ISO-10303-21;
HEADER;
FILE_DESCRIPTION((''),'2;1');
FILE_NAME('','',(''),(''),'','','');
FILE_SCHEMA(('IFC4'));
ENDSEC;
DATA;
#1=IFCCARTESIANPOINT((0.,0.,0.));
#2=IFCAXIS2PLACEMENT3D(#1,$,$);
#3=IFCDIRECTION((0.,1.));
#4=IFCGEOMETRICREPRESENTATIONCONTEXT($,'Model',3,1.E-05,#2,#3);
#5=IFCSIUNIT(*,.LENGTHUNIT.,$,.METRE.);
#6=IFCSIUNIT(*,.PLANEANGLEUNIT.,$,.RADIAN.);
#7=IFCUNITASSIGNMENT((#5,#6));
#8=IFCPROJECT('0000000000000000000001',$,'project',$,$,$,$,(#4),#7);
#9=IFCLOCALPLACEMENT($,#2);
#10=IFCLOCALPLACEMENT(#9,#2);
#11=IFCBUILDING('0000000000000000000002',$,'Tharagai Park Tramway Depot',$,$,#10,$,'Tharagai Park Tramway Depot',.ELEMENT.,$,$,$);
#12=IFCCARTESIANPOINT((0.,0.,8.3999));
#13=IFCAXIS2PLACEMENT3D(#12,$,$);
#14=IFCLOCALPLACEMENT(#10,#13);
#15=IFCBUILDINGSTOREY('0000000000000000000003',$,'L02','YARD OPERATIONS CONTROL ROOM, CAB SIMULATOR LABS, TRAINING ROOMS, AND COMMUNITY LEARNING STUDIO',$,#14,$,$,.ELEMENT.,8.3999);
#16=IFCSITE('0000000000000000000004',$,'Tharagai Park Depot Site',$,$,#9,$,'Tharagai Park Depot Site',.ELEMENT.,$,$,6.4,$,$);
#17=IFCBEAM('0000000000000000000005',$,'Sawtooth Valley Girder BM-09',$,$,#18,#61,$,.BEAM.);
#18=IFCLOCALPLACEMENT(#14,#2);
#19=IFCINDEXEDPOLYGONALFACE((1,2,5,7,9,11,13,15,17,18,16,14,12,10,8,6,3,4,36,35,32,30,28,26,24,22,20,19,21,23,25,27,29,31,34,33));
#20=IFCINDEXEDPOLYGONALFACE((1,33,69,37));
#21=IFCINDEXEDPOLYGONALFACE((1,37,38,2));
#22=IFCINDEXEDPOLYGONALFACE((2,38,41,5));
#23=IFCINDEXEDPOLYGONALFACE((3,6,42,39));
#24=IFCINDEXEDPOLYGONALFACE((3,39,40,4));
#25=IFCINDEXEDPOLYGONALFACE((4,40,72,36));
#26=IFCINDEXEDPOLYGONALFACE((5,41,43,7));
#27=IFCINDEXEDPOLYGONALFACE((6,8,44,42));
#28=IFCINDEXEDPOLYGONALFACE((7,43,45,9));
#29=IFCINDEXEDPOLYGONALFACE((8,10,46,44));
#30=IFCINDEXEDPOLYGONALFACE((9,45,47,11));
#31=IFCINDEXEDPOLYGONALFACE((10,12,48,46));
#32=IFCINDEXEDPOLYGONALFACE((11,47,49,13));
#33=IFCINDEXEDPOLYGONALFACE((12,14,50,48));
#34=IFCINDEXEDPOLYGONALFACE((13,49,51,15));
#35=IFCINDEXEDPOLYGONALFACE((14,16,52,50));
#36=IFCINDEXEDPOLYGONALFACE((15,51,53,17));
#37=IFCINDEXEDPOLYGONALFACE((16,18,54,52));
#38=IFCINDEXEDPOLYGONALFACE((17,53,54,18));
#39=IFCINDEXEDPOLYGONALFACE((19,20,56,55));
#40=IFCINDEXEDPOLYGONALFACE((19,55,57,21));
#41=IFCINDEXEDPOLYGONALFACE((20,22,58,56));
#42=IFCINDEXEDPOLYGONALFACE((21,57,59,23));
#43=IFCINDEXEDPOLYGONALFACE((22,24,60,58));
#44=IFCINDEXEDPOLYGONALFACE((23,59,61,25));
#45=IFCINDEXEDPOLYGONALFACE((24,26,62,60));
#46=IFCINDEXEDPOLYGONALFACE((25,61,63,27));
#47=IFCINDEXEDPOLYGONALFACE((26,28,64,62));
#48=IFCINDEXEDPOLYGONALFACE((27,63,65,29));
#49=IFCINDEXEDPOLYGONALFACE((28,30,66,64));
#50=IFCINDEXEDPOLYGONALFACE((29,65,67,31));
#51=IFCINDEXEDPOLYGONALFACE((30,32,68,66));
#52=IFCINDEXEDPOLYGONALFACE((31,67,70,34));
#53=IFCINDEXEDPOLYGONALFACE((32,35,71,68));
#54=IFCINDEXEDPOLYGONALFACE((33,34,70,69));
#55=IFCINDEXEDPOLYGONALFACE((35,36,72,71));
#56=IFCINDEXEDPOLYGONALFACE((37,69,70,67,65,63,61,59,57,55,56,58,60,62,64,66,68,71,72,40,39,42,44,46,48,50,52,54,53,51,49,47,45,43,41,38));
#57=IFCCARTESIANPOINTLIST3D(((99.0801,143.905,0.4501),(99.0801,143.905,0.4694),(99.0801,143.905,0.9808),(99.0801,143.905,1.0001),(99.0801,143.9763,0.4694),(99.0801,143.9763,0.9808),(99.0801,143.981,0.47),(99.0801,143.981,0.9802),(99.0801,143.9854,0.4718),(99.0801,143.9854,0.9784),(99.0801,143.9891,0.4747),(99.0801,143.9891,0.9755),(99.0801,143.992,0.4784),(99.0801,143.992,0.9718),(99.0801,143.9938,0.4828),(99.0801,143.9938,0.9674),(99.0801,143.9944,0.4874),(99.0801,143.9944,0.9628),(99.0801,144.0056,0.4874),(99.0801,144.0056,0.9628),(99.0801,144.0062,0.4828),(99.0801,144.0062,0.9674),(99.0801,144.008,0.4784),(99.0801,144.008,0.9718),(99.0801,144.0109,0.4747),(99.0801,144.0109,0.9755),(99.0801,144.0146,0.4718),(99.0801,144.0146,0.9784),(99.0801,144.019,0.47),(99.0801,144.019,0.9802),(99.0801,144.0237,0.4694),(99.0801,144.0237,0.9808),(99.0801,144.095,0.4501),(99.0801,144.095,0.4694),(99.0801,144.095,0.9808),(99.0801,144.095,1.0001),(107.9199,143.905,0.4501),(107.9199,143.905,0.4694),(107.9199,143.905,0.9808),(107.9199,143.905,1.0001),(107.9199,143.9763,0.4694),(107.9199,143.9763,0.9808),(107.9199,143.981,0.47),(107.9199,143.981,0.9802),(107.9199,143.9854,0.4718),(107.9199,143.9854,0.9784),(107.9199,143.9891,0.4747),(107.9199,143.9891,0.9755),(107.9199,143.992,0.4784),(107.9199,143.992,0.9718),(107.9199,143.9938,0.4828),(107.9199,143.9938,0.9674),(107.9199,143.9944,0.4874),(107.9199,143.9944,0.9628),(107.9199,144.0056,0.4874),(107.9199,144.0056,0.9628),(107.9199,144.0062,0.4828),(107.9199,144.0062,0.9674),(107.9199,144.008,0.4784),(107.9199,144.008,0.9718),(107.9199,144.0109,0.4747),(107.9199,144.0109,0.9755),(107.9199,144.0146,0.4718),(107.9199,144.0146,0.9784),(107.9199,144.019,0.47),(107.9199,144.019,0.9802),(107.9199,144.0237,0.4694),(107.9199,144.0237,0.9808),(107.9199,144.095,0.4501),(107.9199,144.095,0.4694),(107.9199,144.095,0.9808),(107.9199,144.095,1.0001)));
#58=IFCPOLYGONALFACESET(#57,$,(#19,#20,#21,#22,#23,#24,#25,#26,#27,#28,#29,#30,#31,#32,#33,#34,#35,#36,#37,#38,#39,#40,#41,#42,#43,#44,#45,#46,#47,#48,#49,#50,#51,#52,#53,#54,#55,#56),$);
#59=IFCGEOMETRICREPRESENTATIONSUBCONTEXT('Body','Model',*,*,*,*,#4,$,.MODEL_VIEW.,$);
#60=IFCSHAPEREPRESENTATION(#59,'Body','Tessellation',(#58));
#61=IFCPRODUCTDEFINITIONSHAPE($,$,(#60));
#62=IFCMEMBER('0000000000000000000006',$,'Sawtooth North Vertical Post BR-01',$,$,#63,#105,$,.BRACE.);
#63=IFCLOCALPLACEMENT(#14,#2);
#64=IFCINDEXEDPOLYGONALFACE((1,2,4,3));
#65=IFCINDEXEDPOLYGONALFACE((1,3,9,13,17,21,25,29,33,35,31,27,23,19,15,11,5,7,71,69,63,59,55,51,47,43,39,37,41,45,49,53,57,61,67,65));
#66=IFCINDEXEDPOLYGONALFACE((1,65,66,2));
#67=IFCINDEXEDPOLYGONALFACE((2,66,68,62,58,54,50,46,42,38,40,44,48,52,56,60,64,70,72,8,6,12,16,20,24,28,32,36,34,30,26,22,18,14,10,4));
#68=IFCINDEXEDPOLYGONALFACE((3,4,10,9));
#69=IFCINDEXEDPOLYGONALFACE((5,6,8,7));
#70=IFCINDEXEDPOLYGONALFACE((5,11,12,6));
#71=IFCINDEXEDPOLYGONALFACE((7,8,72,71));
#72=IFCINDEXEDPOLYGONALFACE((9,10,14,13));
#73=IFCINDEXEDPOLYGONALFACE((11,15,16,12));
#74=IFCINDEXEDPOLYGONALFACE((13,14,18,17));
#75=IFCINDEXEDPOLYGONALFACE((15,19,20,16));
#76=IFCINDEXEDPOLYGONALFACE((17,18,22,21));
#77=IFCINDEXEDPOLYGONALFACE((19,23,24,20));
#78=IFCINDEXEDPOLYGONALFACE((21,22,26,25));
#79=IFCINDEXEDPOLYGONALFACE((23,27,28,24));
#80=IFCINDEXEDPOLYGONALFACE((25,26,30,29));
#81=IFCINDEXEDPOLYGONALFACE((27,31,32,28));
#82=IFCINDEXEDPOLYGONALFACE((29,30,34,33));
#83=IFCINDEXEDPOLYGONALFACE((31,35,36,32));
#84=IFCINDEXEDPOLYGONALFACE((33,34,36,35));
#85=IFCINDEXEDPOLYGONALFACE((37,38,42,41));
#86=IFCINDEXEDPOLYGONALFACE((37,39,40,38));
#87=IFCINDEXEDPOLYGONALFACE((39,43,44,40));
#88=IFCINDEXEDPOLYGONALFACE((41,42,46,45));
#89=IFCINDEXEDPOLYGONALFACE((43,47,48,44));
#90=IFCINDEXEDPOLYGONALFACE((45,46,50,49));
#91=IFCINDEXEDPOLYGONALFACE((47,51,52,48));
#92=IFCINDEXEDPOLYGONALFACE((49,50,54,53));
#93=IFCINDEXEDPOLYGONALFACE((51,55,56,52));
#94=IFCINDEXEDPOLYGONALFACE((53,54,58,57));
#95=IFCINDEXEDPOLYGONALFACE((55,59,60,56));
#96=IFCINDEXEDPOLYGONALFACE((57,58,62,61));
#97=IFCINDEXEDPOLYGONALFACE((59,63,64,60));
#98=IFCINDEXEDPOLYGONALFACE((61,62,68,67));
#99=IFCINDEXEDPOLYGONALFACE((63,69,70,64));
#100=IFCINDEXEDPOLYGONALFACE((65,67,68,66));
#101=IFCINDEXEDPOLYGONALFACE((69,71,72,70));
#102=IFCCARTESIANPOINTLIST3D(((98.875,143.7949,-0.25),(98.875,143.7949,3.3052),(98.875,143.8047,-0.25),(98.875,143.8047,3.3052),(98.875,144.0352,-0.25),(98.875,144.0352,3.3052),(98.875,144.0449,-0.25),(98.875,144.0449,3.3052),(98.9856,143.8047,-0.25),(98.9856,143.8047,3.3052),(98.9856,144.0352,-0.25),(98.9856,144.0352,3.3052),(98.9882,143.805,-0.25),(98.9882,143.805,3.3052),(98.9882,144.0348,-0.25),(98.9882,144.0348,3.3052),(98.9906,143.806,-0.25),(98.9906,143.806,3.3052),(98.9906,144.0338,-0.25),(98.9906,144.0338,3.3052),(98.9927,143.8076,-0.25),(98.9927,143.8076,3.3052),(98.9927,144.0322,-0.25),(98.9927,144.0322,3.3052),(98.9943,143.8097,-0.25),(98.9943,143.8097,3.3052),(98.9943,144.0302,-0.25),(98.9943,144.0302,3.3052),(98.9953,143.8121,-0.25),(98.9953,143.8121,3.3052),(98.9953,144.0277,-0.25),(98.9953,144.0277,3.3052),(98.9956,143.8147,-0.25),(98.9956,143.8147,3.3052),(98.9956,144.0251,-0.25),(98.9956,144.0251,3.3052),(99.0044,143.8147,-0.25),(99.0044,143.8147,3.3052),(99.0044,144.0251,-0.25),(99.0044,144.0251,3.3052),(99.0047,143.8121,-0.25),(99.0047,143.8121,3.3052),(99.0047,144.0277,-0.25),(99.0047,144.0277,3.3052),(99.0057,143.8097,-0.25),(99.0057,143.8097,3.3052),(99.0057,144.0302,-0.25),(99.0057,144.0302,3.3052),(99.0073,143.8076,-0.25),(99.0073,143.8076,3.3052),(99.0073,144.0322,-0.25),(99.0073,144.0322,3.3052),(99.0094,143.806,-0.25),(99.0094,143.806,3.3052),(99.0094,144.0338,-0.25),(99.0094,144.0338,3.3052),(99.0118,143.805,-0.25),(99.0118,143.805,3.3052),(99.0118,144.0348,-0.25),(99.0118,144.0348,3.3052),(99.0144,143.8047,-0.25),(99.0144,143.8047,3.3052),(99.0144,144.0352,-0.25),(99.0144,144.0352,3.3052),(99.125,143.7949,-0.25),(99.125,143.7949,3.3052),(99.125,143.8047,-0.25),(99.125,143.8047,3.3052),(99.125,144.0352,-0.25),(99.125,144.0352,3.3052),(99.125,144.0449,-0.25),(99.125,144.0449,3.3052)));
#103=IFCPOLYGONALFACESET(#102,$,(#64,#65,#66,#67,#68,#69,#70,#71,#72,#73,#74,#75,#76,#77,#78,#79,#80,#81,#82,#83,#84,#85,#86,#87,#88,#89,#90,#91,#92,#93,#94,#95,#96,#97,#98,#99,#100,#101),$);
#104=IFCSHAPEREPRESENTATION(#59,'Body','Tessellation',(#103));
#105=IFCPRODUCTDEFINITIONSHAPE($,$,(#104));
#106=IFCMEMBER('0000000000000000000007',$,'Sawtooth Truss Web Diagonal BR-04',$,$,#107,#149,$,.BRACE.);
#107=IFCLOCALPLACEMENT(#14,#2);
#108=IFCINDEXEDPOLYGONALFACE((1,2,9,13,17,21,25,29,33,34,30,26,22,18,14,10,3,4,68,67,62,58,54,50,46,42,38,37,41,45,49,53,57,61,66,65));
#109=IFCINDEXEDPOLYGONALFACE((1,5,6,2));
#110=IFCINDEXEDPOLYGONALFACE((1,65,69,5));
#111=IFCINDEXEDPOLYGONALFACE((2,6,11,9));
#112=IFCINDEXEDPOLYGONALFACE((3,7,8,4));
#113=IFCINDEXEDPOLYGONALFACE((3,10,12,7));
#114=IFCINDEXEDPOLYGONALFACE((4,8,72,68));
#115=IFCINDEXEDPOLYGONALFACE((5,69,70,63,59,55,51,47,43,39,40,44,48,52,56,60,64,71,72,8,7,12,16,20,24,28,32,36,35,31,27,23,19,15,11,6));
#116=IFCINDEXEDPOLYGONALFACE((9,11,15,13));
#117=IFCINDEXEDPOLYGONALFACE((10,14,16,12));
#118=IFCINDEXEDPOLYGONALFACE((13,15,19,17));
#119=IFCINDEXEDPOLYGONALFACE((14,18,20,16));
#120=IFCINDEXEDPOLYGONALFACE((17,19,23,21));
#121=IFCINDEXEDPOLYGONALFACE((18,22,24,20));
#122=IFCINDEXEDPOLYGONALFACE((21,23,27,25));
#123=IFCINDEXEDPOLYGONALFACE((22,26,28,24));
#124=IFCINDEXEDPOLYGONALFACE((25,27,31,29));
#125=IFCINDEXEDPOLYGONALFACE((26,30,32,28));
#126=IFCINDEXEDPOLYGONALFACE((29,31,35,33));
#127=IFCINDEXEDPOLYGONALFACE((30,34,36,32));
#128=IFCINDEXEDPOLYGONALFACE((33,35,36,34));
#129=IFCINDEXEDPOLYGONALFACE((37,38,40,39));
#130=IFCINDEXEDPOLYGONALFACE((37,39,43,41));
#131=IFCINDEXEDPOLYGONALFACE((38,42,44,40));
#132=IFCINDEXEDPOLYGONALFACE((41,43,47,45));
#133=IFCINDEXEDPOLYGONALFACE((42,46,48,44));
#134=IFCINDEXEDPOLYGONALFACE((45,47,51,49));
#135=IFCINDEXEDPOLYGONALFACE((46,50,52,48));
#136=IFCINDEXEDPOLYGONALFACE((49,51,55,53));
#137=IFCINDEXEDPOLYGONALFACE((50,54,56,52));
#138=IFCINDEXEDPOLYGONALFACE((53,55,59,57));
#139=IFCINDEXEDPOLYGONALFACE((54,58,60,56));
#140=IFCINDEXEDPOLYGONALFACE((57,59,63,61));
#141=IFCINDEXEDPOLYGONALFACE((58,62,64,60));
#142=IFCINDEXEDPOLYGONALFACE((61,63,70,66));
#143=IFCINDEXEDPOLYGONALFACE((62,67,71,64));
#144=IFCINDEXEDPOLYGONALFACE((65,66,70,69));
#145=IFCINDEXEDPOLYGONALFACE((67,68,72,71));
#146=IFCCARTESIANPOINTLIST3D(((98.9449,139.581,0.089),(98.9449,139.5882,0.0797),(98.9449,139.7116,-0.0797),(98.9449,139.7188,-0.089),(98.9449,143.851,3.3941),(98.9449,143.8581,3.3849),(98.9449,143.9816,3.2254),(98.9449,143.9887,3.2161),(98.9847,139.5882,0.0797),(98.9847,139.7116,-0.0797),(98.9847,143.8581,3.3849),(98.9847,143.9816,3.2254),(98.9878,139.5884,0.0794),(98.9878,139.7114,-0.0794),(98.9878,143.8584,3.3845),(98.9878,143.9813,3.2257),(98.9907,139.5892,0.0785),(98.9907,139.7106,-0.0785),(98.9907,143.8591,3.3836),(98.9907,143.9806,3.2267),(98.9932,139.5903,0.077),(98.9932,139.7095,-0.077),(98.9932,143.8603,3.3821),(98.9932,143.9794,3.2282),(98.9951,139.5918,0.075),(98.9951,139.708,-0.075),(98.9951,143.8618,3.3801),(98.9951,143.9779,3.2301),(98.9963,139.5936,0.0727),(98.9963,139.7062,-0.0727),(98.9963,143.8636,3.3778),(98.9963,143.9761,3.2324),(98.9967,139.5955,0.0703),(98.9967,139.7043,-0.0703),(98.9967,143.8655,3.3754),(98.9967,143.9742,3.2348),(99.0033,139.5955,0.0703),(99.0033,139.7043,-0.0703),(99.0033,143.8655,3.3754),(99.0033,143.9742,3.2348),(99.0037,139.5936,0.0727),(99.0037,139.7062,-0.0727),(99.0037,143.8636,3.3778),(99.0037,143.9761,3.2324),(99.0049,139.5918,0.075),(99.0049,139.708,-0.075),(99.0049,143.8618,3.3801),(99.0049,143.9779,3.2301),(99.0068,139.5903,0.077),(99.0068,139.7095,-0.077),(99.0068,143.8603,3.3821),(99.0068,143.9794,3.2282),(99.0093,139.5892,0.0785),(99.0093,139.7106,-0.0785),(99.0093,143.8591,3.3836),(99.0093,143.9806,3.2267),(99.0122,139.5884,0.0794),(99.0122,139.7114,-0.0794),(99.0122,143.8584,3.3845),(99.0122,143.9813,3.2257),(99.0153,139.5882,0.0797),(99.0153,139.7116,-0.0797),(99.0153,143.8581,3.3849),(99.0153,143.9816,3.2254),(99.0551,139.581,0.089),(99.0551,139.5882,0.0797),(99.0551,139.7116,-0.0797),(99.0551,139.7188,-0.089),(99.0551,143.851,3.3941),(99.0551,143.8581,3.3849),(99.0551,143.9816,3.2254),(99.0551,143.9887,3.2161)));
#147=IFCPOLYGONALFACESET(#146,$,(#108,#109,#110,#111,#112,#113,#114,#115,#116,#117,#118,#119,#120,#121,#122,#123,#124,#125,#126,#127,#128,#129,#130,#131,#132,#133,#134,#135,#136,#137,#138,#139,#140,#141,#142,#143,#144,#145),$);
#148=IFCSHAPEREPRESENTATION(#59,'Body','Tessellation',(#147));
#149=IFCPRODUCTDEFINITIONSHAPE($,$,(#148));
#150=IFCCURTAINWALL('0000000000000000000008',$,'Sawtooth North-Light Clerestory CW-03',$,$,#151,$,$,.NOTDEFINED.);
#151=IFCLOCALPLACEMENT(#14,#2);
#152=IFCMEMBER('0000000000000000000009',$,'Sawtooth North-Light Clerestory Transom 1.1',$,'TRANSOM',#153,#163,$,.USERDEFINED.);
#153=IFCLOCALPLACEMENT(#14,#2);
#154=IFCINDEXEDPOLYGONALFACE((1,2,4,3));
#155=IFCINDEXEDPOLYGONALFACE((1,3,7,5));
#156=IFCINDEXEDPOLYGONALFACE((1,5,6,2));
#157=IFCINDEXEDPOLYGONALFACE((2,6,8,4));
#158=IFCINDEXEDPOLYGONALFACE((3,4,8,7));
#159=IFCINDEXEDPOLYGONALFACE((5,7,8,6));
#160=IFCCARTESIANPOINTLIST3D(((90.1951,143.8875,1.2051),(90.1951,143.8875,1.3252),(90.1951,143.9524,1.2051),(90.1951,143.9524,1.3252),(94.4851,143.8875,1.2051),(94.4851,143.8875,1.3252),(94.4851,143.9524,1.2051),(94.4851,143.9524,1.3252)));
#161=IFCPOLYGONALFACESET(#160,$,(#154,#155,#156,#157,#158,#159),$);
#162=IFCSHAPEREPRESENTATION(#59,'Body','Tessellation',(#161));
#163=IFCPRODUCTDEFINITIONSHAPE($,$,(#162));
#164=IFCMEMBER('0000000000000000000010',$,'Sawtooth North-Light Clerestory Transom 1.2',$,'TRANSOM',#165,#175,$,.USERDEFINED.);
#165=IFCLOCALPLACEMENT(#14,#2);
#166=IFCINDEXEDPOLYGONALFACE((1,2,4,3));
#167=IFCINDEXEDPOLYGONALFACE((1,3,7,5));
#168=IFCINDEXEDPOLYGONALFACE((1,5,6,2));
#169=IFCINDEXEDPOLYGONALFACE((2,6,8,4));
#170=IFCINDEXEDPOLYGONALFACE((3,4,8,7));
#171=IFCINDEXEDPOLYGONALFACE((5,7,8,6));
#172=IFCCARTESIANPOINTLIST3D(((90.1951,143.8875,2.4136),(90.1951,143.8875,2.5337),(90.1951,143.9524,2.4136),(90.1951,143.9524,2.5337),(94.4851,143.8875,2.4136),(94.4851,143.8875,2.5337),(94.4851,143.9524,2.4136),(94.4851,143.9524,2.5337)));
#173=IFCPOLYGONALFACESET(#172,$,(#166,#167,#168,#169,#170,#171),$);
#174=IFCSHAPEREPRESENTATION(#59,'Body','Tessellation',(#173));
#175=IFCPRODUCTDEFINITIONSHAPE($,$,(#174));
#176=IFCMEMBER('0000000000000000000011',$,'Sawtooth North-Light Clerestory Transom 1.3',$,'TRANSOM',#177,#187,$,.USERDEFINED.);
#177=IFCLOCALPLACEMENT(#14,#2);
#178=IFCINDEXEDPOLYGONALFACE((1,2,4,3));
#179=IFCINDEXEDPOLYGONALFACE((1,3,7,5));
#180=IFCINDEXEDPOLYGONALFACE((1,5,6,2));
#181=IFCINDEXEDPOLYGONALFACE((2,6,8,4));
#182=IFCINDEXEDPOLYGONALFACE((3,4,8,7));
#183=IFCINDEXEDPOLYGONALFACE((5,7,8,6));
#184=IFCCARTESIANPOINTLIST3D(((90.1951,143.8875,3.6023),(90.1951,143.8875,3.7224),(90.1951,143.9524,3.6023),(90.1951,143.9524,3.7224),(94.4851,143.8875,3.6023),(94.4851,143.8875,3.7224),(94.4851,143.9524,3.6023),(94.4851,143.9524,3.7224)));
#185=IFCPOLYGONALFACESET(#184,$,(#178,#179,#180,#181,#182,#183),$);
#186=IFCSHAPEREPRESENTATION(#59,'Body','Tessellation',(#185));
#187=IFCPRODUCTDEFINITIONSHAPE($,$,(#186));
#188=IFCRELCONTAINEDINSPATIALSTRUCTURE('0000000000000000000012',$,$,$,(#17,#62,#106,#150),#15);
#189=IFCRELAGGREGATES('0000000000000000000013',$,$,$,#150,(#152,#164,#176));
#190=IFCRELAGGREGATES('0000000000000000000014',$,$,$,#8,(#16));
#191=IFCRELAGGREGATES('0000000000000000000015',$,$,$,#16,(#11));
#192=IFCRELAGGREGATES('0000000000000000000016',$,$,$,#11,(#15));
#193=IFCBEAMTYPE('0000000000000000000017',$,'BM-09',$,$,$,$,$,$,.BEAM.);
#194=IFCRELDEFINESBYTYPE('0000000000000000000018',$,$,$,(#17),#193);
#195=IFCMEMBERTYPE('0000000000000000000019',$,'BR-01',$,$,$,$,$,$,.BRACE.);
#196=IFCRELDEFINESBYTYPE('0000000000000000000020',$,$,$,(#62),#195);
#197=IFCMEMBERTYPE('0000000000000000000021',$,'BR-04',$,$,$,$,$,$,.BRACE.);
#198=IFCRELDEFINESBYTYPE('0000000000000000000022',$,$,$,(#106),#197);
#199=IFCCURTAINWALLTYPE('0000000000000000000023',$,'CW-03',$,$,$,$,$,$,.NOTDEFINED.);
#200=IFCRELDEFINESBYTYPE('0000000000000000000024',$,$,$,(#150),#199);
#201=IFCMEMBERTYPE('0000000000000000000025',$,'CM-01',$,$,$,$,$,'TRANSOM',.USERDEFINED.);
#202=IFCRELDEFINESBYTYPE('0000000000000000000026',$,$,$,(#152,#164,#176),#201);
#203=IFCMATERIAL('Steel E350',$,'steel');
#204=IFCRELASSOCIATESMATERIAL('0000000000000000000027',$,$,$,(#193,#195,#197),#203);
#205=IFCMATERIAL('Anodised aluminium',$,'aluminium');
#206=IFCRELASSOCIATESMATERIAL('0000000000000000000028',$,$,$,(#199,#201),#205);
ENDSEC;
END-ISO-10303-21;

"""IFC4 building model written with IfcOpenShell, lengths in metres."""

from ifc_helpers import new_model, si_unit, direction, frame, origin, origin_2d, place, context, subcontext, project, spatial, rectangle, i_section, extrude, material, material_profile, profile_set, type_object, element, aggregate, save


model = new_model("IFC4")

# Units and contexts
model_context = context("Model", 3, precision=1e-05, world=origin(), true_north=direction((0.0, 1.0)))
body_context = subcontext(model_context, "Body", "Model", "MODEL_VIEW")
ifc_project = project(units=[si_unit("LENGTHUNIT", "METRE"), si_unit("PLANEANGLEUNIT", "RADIAN")], contexts=[model_context])

# Site, building, storey
site_placement = place(None, origin())
site = spatial("IfcSite", under=ifc_project, at=site_placement, Name="Tharagai Park Depot Site", LongName="Tharagai Park Depot Site", CompositionType="ELEMENT", RefElevation=6.4)
building_placement = place(site_placement, origin())
building = spatial("IfcBuilding", under=site, at=building_placement, Name="Tharagai Park Tramway Depot", LongName="Tharagai Park Tramway Depot", CompositionType="ELEMENT")
storey_placement = place(building_placement, frame((0.0, 0.0, 8.3999)))
storey = spatial("IfcBuildingStorey", under=building, at=storey_placement, Name="L02", Description="YARD OPERATIONS CONTROL ROOM, CAB SIMULATOR LABS, TRAINING ROOMS, AND COMMUNITY LEARNING STUDIO", CompositionType="ELEMENT", Elevation=8.3999)

# Beam
ifc_material_1 = material(Name="Steel E350", Category="steel")
ifc_material_profile_1 = material_profile(ifc_material_1, i_section(OverallWidth=0.1899, OverallDepth=0.55, WebThickness=0.0112, FlangeThickness=0.0193, FilletRadius=0.0181, at=origin_2d()), Name="ISMB 550")
ifc_profile_set_1 = profile_set([ifc_material_profile_1], Name="Steel E350")
beam_type = type_object("IfcBeamType", Name="BM-09", PredefinedType="BEAM", material=ifc_profile_set_1)
beam_placement = place(storey_placement, frame((99.0801, 144.0, 0.7251), z_axis=(1.0, 0.0, 0.0), x_axis=(0.0, 1.0, 0.0)))
element("IfcBeam", 1, at=beam_placement, inside=storey, type_object=beam_type, Name="Sawtooth Valley Girder BM-09", PredefinedType="BEAM", context=body_context, shape_type="SweptSolid", body=[
    extrude(i_section(OverallWidth=0.1899, OverallDepth=0.55, WebThickness=0.0112, FlangeThickness=0.0193, FilletRadius=0.0181, at=origin_2d()), origin(), (0.0, 0.0, 1.0), 8.8398),
])

# Members
ifc_material_profile_2 = material_profile(ifc_material_1, i_section(OverallWidth=0.25, OverallDepth=0.25, WebThickness=0.0088, FlangeThickness=0.0098, FilletRadius=0.01, at=origin_2d()), Name="ISHB 250")
ifc_profile_set_2 = profile_set([ifc_material_profile_2], Name="Steel E350")
member_type_1 = type_object("IfcMemberType", Name="BR-01", PredefinedType="BRACE", material=ifc_profile_set_2)
member_1_placement = place(storey_placement, frame((99.0, 143.9199, -0.25), z_axis=(0.0, 0.0, 1.0), x_axis=(1.0, 0.0, 0.0)))
element("IfcMember", 2, at=member_1_placement, inside=storey, type_object=member_type_1, Name="Sawtooth North Vertical Post BR-01", PredefinedType="BRACE", context=body_context, shape_type="SweptSolid", body=[
    extrude(i_section(OverallWidth=0.25, OverallDepth=0.25, WebThickness=0.0088, FlangeThickness=0.0098, FilletRadius=0.01, at=origin_2d()), origin(), (0.0, 0.0, 1.0), 3.5552),
])
ifc_material_profile_3 = material_profile(ifc_material_1, i_section(OverallWidth=0.1101, OverallDepth=0.2251, WebThickness=0.0066, FlangeThickness=0.0117, FilletRadius=0.012, at=origin_2d()), Name="ISMB 225")
ifc_profile_set_3 = profile_set([ifc_material_profile_3], Name="Steel E350")
member_type_2 = type_object("IfcMemberType", Name="BR-04", PredefinedType="BRACE", material=ifc_profile_set_3)
member_2_placement = place(storey_placement, frame((99.0, 139.6499, 0.0), z_axis=(0.0, 0.790782, 0.612098), x_axis=(-1.0, 0.0, 0.0)))
element("IfcMember", 3, at=member_2_placement, inside=storey, type_object=member_type_2, Name="Sawtooth Truss Web Diagonal BR-04", PredefinedType="BRACE", context=body_context, shape_type="SweptSolid", body=[
    extrude(i_section(OverallWidth=0.1101, OverallDepth=0.2251, WebThickness=0.0066, FlangeThickness=0.0117, FilletRadius=0.012, at=origin_2d()), origin(), (0.0, 0.0, 1.0), 5.3997),
])

# Curtain wall, members
ifc_material_2 = material(Name="Anodised aluminium", Category="aluminium")
curtain_wall_type = type_object("IfcCurtainWallType", Name="CW-03", PredefinedType="NOTDEFINED", material=ifc_material_2)
curtain_wall_1_placement = place(storey_placement, origin())
curtain_wall_1 = element("IfcCurtainWall", 4, at=curtain_wall_1_placement, inside=storey, type_object=curtain_wall_type, Name="Sawtooth North-Light Clerestory CW-03", PredefinedType="NOTDEFINED")
ifc_material_profile_4 = material_profile(ifc_material_2, rectangle(XDim=0.0649, YDim=0.1201, at=origin_2d()), Name="ALU 65x120")
ifc_profile_set_4 = profile_set([ifc_material_profile_4], Name="Anodised aluminium")
member_type_3 = type_object("IfcMemberType", Name="CM-01", ElementType="TRANSOM", PredefinedType="USERDEFINED", material=ifc_profile_set_4)
member_3_placement = place(storey_placement, frame((90.1951, 143.9199, 1.2651), z_axis=(1.0, 0.0, 0.0), x_axis=(0.0, 1.0, 0.0)))
member_3 = element("IfcMember", 5, at=member_3_placement, type_object=member_type_3, Name="Sawtooth North-Light Clerestory Transom 1.1", ObjectType="TRANSOM", PredefinedType="USERDEFINED", context=body_context, shape_type="SweptSolid", body=[
    extrude(rectangle(XDim=0.0649, YDim=0.1201, at=origin_2d()), origin(), (0.0, 0.0, 1.0), 4.29),
])
member_4_placement = place(storey_placement, frame((90.1951, 143.9199, 2.4736), z_axis=(1.0, 0.0, 0.0), x_axis=(0.0, 1.0, 0.0)))
member_4 = element("IfcMember", 6, at=member_4_placement, type_object=member_type_3, Name="Sawtooth North-Light Clerestory Transom 1.2", ObjectType="TRANSOM", PredefinedType="USERDEFINED", context=body_context, shape_type="SweptSolid", body=[
    extrude(rectangle(XDim=0.0649, YDim=0.1201, at=origin_2d()), origin(), (0.0, 0.0, 1.0), 4.29),
])
member_5_placement = place(storey_placement, frame((90.1951, 143.9199, 3.6624), z_axis=(1.0, 0.0, 0.0), x_axis=(0.0, 1.0, 0.0)))
member_5 = element("IfcMember", 7, at=member_5_placement, type_object=member_type_3, Name="Sawtooth North-Light Clerestory Transom 1.3", ObjectType="TRANSOM", PredefinedType="USERDEFINED", context=body_context, shape_type="SweptSolid", body=[
    extrude(rectangle(XDim=0.0649, YDim=0.1201, at=origin_2d()), origin(), (0.0, 0.0, 1.0), 4.29),
])

aggregate(curtain_wall_1, [member_3, member_4, member_5])

save(model, "model.ifc")
